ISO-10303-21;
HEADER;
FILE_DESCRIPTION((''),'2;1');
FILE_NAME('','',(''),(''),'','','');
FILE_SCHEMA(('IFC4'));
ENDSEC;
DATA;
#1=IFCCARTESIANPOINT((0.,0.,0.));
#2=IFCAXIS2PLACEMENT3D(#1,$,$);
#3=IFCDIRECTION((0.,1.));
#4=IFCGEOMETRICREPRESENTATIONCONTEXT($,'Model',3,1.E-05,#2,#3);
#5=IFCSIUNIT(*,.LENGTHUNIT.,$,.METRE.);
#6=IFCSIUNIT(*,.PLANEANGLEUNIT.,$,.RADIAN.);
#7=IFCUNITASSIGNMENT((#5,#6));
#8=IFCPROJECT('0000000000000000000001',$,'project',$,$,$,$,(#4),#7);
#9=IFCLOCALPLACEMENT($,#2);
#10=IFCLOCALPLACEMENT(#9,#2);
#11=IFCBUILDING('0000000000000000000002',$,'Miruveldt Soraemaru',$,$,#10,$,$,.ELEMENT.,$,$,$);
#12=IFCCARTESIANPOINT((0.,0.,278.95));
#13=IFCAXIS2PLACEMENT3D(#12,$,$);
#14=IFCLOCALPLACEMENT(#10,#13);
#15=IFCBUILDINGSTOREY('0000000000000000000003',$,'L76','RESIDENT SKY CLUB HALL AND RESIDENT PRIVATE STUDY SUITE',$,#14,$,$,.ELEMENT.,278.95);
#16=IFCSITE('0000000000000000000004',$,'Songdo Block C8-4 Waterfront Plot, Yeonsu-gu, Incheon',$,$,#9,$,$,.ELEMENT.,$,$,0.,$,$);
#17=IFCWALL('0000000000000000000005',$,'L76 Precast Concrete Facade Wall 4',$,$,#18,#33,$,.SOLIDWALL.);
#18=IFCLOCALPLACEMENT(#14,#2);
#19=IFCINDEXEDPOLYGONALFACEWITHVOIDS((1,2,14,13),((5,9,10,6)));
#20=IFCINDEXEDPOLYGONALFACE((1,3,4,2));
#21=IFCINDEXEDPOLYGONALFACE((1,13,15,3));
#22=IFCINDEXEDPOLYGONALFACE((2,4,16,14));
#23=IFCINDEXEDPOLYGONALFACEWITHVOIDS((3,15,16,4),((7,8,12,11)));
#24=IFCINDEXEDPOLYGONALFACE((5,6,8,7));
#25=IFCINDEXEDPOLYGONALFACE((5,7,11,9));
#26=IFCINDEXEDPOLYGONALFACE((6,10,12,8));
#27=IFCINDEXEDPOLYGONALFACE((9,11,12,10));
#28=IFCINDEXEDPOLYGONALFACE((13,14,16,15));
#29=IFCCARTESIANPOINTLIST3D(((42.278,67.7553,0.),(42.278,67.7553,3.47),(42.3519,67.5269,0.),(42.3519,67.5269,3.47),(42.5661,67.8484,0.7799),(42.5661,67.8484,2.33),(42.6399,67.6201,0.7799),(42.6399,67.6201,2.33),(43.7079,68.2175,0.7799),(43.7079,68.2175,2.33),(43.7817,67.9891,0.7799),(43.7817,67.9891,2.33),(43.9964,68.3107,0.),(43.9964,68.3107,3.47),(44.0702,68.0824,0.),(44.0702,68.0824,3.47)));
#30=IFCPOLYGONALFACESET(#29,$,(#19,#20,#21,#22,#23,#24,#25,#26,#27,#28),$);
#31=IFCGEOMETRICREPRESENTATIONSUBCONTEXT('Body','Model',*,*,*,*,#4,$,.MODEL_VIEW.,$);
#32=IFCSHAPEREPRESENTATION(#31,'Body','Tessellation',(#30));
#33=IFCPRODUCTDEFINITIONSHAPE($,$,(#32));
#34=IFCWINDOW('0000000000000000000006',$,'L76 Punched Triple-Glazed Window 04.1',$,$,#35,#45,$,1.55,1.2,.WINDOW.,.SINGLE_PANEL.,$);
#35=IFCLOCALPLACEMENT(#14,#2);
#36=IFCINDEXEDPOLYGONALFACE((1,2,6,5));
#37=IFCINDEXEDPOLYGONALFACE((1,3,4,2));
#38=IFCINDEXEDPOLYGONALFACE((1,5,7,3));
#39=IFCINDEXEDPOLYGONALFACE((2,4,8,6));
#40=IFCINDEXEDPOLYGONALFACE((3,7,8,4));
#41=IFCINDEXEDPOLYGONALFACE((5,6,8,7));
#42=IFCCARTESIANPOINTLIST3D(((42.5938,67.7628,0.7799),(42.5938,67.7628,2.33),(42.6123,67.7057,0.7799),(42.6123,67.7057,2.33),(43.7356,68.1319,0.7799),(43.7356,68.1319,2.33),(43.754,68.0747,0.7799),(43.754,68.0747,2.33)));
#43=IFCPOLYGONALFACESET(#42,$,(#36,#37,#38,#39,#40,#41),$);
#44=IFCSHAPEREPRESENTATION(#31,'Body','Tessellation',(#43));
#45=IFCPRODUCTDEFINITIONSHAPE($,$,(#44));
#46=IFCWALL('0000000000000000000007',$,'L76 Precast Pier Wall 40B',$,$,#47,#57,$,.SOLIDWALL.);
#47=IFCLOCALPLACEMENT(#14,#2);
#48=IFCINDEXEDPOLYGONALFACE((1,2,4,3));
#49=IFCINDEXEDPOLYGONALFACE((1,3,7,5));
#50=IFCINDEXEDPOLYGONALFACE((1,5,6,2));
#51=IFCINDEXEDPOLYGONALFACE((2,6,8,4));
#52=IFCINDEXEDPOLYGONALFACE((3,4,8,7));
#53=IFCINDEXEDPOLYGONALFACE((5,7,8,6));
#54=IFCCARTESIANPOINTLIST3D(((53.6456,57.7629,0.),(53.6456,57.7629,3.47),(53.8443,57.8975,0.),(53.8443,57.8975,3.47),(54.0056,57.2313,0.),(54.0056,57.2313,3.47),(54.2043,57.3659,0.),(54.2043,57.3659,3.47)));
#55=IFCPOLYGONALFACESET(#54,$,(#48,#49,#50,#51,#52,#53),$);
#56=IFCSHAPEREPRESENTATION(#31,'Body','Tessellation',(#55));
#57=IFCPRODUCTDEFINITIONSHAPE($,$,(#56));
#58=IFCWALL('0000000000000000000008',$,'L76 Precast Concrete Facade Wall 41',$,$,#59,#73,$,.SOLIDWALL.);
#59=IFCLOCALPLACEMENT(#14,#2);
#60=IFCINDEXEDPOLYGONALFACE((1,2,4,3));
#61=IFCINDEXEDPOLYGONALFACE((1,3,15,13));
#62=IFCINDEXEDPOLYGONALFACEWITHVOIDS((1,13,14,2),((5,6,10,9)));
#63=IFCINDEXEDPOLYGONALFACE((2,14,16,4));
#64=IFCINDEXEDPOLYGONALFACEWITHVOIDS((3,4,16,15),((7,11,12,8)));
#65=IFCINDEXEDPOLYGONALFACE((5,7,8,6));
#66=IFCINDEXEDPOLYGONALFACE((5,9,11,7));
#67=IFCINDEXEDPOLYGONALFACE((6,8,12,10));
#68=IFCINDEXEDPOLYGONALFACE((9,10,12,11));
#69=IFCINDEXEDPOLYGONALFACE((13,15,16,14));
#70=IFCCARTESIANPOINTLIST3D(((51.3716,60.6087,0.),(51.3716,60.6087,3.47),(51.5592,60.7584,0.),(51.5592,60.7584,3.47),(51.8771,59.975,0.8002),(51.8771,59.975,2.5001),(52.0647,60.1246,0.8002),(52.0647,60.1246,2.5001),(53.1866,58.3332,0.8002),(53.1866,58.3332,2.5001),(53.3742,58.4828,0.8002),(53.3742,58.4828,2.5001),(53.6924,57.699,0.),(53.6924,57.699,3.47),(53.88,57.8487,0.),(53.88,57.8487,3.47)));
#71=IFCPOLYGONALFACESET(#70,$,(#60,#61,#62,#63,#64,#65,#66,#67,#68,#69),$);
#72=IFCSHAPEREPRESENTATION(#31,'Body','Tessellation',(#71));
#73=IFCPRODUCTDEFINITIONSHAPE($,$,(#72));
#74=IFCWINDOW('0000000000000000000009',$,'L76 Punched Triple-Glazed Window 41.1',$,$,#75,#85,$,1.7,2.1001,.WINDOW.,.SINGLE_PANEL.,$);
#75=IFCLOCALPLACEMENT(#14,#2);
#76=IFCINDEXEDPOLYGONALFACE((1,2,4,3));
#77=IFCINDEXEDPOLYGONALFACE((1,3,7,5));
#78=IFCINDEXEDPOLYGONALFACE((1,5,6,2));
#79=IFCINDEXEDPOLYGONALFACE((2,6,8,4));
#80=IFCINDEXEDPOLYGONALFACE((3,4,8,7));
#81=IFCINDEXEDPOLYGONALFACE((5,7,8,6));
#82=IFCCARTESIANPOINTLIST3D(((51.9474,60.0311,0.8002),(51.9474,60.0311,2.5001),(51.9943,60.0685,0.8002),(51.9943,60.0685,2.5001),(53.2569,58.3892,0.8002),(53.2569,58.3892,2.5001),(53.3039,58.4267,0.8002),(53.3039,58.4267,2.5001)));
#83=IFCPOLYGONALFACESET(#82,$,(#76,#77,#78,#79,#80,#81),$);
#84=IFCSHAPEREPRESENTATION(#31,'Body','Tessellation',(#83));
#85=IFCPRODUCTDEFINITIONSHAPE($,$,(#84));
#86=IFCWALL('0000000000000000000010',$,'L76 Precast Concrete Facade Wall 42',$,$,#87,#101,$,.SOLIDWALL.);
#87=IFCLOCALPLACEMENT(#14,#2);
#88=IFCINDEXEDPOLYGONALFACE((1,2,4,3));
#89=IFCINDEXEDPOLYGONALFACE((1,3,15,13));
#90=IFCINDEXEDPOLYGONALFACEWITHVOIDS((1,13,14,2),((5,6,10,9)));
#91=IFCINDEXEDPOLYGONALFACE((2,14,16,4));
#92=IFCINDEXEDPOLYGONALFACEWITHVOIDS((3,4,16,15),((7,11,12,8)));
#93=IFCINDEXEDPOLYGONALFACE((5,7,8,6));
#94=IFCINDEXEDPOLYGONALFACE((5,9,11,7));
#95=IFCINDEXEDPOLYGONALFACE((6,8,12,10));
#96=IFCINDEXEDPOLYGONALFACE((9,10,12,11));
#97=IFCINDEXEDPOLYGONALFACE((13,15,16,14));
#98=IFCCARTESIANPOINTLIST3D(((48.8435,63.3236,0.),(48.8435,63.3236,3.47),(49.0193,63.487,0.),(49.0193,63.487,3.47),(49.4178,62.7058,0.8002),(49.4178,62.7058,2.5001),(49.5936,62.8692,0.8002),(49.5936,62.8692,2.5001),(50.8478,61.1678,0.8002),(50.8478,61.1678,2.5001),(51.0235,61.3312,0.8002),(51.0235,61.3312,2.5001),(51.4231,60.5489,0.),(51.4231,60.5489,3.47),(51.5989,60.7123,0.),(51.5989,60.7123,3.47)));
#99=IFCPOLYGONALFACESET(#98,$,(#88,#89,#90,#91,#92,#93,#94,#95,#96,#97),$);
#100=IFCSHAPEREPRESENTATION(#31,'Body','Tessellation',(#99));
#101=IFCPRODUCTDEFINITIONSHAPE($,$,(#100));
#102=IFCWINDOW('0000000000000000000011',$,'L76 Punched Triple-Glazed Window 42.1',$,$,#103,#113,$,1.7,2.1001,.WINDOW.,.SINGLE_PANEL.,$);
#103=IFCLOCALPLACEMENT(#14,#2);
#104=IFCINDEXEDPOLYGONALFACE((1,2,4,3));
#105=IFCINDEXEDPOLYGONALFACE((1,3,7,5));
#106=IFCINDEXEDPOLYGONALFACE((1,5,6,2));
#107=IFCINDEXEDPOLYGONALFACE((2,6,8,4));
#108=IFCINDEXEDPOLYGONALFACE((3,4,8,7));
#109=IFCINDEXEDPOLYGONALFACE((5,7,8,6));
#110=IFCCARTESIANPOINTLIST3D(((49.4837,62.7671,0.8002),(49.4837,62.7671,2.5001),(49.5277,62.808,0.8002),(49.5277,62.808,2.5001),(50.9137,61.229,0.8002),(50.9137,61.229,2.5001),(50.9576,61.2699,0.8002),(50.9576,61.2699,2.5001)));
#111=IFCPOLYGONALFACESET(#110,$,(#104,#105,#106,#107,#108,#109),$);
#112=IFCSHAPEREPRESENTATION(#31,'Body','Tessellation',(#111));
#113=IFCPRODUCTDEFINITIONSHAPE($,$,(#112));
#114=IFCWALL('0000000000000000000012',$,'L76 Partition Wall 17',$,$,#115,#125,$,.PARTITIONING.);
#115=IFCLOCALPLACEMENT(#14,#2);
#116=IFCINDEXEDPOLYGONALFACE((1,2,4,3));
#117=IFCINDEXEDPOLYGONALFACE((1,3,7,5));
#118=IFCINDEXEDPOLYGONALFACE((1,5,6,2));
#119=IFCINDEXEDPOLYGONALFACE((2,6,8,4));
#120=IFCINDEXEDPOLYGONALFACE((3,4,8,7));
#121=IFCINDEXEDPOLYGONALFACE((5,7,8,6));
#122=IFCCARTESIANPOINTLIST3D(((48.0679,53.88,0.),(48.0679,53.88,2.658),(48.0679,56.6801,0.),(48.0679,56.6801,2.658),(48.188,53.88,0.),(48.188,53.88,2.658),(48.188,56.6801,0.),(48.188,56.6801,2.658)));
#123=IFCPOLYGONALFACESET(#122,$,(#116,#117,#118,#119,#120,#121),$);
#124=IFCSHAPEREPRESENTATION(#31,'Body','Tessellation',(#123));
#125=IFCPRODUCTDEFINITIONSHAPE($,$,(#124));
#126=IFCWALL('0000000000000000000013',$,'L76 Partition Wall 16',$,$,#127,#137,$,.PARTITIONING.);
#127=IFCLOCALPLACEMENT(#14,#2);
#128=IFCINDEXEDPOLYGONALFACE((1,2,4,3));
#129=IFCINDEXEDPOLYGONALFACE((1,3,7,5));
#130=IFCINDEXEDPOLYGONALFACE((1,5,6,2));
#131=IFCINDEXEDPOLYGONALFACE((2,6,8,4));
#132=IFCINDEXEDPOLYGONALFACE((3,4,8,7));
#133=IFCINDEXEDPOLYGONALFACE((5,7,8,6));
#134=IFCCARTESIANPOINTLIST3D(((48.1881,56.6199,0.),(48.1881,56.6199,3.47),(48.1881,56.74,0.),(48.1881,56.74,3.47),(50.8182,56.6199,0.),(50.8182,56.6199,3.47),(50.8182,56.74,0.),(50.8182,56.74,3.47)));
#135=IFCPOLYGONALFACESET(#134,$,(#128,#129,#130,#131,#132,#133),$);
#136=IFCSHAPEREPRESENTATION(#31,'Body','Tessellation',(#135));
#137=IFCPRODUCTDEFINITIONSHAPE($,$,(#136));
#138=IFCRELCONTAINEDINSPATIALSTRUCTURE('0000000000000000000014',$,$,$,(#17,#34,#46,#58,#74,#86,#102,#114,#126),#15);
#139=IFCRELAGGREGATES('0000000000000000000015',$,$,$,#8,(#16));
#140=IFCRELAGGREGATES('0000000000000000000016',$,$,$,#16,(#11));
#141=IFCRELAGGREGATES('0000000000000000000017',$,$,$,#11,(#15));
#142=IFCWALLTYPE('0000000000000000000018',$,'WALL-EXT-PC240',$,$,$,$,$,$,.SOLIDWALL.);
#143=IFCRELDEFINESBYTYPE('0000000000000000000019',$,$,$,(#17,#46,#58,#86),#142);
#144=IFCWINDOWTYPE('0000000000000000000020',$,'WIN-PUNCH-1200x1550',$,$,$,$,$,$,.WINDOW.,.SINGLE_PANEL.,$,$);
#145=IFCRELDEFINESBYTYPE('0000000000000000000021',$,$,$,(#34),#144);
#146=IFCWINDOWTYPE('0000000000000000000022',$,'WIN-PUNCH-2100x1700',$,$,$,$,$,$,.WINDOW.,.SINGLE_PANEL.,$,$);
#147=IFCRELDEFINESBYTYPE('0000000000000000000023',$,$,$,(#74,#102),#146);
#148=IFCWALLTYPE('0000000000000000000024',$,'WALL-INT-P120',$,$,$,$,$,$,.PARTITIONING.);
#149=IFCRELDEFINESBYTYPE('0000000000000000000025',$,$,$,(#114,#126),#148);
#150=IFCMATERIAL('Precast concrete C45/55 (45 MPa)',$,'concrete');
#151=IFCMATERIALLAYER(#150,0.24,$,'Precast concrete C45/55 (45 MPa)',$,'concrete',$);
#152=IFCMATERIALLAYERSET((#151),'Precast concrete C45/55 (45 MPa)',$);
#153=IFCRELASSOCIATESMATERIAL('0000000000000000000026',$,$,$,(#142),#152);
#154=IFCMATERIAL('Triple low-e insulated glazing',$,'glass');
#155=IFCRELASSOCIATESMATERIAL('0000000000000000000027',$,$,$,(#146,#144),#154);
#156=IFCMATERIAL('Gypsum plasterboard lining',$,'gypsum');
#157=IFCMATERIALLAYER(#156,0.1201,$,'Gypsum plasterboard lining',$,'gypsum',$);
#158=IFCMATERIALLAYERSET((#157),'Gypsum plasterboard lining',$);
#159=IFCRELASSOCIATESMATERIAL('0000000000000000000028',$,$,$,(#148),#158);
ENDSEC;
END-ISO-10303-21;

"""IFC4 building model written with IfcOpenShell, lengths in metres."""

from ifc_helpers import new_model, si_unit, direction, frame, frame_2d, origin, place, context, subcontext, project, spatial, rectangle, extrude, material, layer, layer_set, type_object, element, fill, save


model = new_model("IFC4")

# Units and contexts
model_context = context("Model", 3, precision=1e-05, world=origin(), true_north=direction((0.0, 1.0)))
body_context = subcontext(model_context, "Body", "Model", "MODEL_VIEW")
ifc_project = project(units=[si_unit("LENGTHUNIT", "METRE"), si_unit("PLANEANGLEUNIT", "RADIAN")], contexts=[model_context])

# Site, building, storey
site_placement = place(None, origin())
site = spatial("IfcSite", under=ifc_project, at=site_placement, Name="Songdo Block C8-4 Waterfront Plot, Yeonsu-gu, Incheon", CompositionType="ELEMENT", RefElevation=0.0)
building_placement = place(site_placement, origin())
building = spatial("IfcBuilding", under=site, at=building_placement, Name="Miruveldt Soraemaru", CompositionType="ELEMENT")
storey_placement = place(building_placement, frame((0.0, 0.0, 278.95)))
storey = spatial("IfcBuildingStorey", under=building, at=storey_placement, Name="L76", Description="RESIDENT SKY CLUB HALL AND RESIDENT PRIVATE STUDY SUITE", CompositionType="ELEMENT", Elevation=278.95)

# Wall, opening, window
ifc_material_1 = material(Name="Precast concrete C45/55 (45 MPa)", Category="concrete")
ifc_layer_1 = layer(ifc_material_1, 0.24, Name="Precast concrete C45/55 (45 MPa)", Category="concrete")
ifc_layer_set_1 = layer_set([ifc_layer_1], Name="Precast concrete C45/55 (45 MPa)")
wall_type_1 = type_object("IfcWallType", Name="WALL-EXT-PC240", PredefinedType="SOLIDWALL", material=ifc_layer_set_1)
ifc_material_2 = material(Name="Triple low-e insulated glazing", Category="glass")
window_type_1 = type_object("IfcWindowType", Name="WIN-PUNCH-2100x1700", PartitioningType="SINGLE_PANEL", PredefinedType="WINDOW", material=ifc_material_2)
window_type_2 = type_object("IfcWindowType", Name="WIN-PUNCH-1200x1550", PartitioningType="SINGLE_PANEL", PredefinedType="WINDOW", material=ifc_material_2)
wall_1_placement = place(storey_placement, frame((44.0332, 68.1965, 0.0), z_axis=(0.0, 0.0, 1.0), x_axis=(-0.951524, -0.307576, 0.0)))
wall_1 = element("IfcWall", 1, at=wall_1_placement, inside=storey, type_object=wall_type_1, Name="L76 Precast Concrete Facade Wall 4", PredefinedType="SOLIDWALL", context=body_context, shape_type="SweptSolid", body=[
    extrude(rectangle(XDim=1.8059, YDim=0.24, at=frame_2d((0.9028, 0.0))), origin(), (0.0, 0.0, 1.0), 3.47),
])
opening_1_placement = place(wall_1_placement, frame((0.303, 0.0, 0.78)))
opening_1 = element("IfcOpeningElement", 2, at=opening_1_placement, cuts=wall_1, PredefinedType="OPENING", context=body_context, shape_type="SweptSolid", body=[
    extrude(rectangle(XDim=1.2, YDim=1.55, at=frame_2d((0.6001, 0.7749))), frame((0.0, 0.1299, 0.0), z_axis=(0.0, -1.0, 0.0), x_axis=(1.0, 0.0, 0.0)), (0.0, 0.0, 1.0), 0.26),
])
window_1_placement = place(opening_1_placement, origin())
window_1 = element("IfcWindow", 3, at=window_1_placement, inside=storey, type_object=window_type_2, Name="L76 Punched Triple-Glazed Window 04.1", OverallHeight=1.55, OverallWidth=1.2, PartitioningType="SINGLE_PANEL", PredefinedType="WINDOW", context=body_context, shape_type="SweptSolid", body=[
    extrude(rectangle(XDim=1.2, YDim=1.55, at=frame_2d((0.6001, 0.7749))), frame((0.0, 0.03, 0.0), z_axis=(0.0, -1.0, 0.0), x_axis=(1.0, 0.0, 0.0)), (0.0, 0.0, 1.0), 0.0601),
])
fill(opening_1, window_1)

# Wall
wall_2_placement = place(storey_placement, frame((54.105, 57.2986, 0.0), z_axis=(0.0, 0.0, 1.0), x_axis=(-0.560739, 0.827993, 0.0)))
element("IfcWall", 4, at=wall_2_placement, inside=storey, type_object=wall_type_1, Name="L76 Precast Pier Wall 40B", PredefinedType="SOLIDWALL", context=body_context, shape_type="SweptSolid", body=[
    extrude(rectangle(XDim=0.6421, YDim=0.24, at=frame_2d((0.321, 0.0))), origin(), (0.0, 0.0, 1.0), 3.47),
])

# Walls, openings, windows
wall_3_placement = place(storey_placement, frame((53.7861, 57.7739, 0.0), z_axis=(0.0, 0.0, 1.0), x_axis=(-0.623558, 0.781777, 0.0)))
wall_3 = element("IfcWall", 5, at=wall_3_placement, inside=storey, type_object=wall_type_1, Name="L76 Precast Concrete Facade Wall 41", PredefinedType="SOLIDWALL", context=body_context, shape_type="SweptSolid", body=[
    extrude(rectangle(XDim=3.7219, YDim=0.24, at=frame_2d((1.8608, 0.0))), origin(), (0.0, 0.0, 1.0), 3.47),
])
opening_2_placement = place(wall_3_placement, frame((0.811, 0.0, 0.8)))
opening_2 = element("IfcOpeningElement", 6, at=opening_2_placement, cuts=wall_3, PredefinedType="OPENING", context=body_context, shape_type="SweptSolid", body=[
    extrude(rectangle(XDim=2.1001, YDim=1.7, at=frame_2d((1.05, 0.8501))), frame((0.0, 0.1299, 0.0), z_axis=(0.0, -1.0, 0.0), x_axis=(1.0, 0.0, 0.0)), (0.0, 0.0, 1.0), 0.26),
])
window_2_placement = place(opening_2_placement, origin())
window_2 = element("IfcWindow", 7, at=window_2_placement, inside=storey, type_object=window_type_1, Name="L76 Punched Triple-Glazed Window 41.1", OverallHeight=1.7, OverallWidth=2.1001, PartitioningType="SINGLE_PANEL", PredefinedType="WINDOW", context=body_context, shape_type="SweptSolid", body=[
    extrude(rectangle(XDim=2.1001, YDim=1.7, at=frame_2d((1.05, 0.8501))), frame((0.0, 0.03, 0.0), z_axis=(0.0, -1.0, 0.0), x_axis=(1.0, 0.0, 0.0)), (0.0, 0.0, 1.0), 0.0601),
])
fill(opening_2, window_2)
wall_4_placement = place(storey_placement, frame((51.511, 60.6306, 0.0), z_axis=(0.0, 0.0, 1.0), x_axis=(-0.680893, 0.732383, 0.0)))
wall_4 = element("IfcWall", 8, at=wall_4_placement, inside=storey, type_object=wall_type_1, Name="L76 Precast Concrete Facade Wall 42", PredefinedType="SOLIDWALL", context=body_context, shape_type="SweptSolid", body=[
    extrude(rectangle(XDim=3.7886, YDim=0.24, at=frame_2d((1.8943, 0.0))), origin(), (0.0, 0.0, 1.0), 3.47),
])
opening_3_placement = place(wall_4_placement, frame((0.845, 0.0, 0.8)))
opening_3 = element("IfcOpeningElement", 9, at=opening_3_placement, cuts=wall_4, PredefinedType="OPENING", context=body_context, shape_type="SweptSolid", body=[
    extrude(rectangle(XDim=2.1001, YDim=1.7, at=frame_2d((1.05, 0.8501))), frame((0.0, 0.1299, 0.0), z_axis=(0.0, -1.0, 0.0), x_axis=(1.0, 0.0, 0.0)), (0.0, 0.0, 1.0), 0.26),
])
window_3_placement = place(opening_3_placement, origin())
window_3 = element("IfcWindow", 10, at=window_3_placement, inside=storey, type_object=window_type_1, Name="L76 Punched Triple-Glazed Window 42.1", OverallHeight=1.7, OverallWidth=2.1001, PartitioningType="SINGLE_PANEL", PredefinedType="WINDOW", context=body_context, shape_type="SweptSolid", body=[
    extrude(rectangle(XDim=2.1001, YDim=1.7, at=frame_2d((1.05, 0.8501))), frame((0.0, 0.03, 0.0), z_axis=(0.0, -1.0, 0.0), x_axis=(1.0, 0.0, 0.0)), (0.0, 0.0, 1.0), 0.0601),
])
fill(opening_3, window_3)

# Walls
ifc_material_3 = material(Name="Gypsum plasterboard lining", Category="gypsum")
ifc_layer_2 = layer(ifc_material_3, 0.1201, Name="Gypsum plasterboard lining", Category="gypsum")
ifc_layer_set_2 = layer_set([ifc_layer_2], Name="Gypsum plasterboard lining")
wall_type_2 = type_object("IfcWallType", Name="WALL-INT-P120", PredefinedType="PARTITIONING", material=ifc_layer_set_2)
wall_5_placement = place(storey_placement, frame((48.1279, 56.6799, 0.0), z_axis=(0.0, 0.0, 1.0), x_axis=(0.0, -1.0, 0.0)))
element("IfcWall", 11, at=wall_5_placement, inside=storey, type_object=wall_type_2, Name="L76 Partition Wall 17", PredefinedType="PARTITIONING", context=body_context, shape_type="SweptSolid", body=[
    extrude(rectangle(XDim=2.8, YDim=0.1201, at=frame_2d((1.3999, 0.0))), origin(), (0.0, 0.0, 1.0), 2.658),
])
wall_6_placement = place(storey_placement, frame((50.8181, 56.6799, 0.0), z_axis=(0.0, 0.0, 1.0), x_axis=(-1.0, 0.0, 0.0)))
element("IfcWall", 12, at=wall_6_placement, inside=storey, type_object=wall_type_2, Name="L76 Partition Wall 16", PredefinedType="PARTITIONING", context=body_context, shape_type="SweptSolid", body=[
    extrude(rectangle(XDim=2.6301, YDim=0.1201, at=frame_2d((1.3149, 0.0))), origin(), (0.0, 0.0, 1.0), 3.47),
])

save(model, "model.ifc")
